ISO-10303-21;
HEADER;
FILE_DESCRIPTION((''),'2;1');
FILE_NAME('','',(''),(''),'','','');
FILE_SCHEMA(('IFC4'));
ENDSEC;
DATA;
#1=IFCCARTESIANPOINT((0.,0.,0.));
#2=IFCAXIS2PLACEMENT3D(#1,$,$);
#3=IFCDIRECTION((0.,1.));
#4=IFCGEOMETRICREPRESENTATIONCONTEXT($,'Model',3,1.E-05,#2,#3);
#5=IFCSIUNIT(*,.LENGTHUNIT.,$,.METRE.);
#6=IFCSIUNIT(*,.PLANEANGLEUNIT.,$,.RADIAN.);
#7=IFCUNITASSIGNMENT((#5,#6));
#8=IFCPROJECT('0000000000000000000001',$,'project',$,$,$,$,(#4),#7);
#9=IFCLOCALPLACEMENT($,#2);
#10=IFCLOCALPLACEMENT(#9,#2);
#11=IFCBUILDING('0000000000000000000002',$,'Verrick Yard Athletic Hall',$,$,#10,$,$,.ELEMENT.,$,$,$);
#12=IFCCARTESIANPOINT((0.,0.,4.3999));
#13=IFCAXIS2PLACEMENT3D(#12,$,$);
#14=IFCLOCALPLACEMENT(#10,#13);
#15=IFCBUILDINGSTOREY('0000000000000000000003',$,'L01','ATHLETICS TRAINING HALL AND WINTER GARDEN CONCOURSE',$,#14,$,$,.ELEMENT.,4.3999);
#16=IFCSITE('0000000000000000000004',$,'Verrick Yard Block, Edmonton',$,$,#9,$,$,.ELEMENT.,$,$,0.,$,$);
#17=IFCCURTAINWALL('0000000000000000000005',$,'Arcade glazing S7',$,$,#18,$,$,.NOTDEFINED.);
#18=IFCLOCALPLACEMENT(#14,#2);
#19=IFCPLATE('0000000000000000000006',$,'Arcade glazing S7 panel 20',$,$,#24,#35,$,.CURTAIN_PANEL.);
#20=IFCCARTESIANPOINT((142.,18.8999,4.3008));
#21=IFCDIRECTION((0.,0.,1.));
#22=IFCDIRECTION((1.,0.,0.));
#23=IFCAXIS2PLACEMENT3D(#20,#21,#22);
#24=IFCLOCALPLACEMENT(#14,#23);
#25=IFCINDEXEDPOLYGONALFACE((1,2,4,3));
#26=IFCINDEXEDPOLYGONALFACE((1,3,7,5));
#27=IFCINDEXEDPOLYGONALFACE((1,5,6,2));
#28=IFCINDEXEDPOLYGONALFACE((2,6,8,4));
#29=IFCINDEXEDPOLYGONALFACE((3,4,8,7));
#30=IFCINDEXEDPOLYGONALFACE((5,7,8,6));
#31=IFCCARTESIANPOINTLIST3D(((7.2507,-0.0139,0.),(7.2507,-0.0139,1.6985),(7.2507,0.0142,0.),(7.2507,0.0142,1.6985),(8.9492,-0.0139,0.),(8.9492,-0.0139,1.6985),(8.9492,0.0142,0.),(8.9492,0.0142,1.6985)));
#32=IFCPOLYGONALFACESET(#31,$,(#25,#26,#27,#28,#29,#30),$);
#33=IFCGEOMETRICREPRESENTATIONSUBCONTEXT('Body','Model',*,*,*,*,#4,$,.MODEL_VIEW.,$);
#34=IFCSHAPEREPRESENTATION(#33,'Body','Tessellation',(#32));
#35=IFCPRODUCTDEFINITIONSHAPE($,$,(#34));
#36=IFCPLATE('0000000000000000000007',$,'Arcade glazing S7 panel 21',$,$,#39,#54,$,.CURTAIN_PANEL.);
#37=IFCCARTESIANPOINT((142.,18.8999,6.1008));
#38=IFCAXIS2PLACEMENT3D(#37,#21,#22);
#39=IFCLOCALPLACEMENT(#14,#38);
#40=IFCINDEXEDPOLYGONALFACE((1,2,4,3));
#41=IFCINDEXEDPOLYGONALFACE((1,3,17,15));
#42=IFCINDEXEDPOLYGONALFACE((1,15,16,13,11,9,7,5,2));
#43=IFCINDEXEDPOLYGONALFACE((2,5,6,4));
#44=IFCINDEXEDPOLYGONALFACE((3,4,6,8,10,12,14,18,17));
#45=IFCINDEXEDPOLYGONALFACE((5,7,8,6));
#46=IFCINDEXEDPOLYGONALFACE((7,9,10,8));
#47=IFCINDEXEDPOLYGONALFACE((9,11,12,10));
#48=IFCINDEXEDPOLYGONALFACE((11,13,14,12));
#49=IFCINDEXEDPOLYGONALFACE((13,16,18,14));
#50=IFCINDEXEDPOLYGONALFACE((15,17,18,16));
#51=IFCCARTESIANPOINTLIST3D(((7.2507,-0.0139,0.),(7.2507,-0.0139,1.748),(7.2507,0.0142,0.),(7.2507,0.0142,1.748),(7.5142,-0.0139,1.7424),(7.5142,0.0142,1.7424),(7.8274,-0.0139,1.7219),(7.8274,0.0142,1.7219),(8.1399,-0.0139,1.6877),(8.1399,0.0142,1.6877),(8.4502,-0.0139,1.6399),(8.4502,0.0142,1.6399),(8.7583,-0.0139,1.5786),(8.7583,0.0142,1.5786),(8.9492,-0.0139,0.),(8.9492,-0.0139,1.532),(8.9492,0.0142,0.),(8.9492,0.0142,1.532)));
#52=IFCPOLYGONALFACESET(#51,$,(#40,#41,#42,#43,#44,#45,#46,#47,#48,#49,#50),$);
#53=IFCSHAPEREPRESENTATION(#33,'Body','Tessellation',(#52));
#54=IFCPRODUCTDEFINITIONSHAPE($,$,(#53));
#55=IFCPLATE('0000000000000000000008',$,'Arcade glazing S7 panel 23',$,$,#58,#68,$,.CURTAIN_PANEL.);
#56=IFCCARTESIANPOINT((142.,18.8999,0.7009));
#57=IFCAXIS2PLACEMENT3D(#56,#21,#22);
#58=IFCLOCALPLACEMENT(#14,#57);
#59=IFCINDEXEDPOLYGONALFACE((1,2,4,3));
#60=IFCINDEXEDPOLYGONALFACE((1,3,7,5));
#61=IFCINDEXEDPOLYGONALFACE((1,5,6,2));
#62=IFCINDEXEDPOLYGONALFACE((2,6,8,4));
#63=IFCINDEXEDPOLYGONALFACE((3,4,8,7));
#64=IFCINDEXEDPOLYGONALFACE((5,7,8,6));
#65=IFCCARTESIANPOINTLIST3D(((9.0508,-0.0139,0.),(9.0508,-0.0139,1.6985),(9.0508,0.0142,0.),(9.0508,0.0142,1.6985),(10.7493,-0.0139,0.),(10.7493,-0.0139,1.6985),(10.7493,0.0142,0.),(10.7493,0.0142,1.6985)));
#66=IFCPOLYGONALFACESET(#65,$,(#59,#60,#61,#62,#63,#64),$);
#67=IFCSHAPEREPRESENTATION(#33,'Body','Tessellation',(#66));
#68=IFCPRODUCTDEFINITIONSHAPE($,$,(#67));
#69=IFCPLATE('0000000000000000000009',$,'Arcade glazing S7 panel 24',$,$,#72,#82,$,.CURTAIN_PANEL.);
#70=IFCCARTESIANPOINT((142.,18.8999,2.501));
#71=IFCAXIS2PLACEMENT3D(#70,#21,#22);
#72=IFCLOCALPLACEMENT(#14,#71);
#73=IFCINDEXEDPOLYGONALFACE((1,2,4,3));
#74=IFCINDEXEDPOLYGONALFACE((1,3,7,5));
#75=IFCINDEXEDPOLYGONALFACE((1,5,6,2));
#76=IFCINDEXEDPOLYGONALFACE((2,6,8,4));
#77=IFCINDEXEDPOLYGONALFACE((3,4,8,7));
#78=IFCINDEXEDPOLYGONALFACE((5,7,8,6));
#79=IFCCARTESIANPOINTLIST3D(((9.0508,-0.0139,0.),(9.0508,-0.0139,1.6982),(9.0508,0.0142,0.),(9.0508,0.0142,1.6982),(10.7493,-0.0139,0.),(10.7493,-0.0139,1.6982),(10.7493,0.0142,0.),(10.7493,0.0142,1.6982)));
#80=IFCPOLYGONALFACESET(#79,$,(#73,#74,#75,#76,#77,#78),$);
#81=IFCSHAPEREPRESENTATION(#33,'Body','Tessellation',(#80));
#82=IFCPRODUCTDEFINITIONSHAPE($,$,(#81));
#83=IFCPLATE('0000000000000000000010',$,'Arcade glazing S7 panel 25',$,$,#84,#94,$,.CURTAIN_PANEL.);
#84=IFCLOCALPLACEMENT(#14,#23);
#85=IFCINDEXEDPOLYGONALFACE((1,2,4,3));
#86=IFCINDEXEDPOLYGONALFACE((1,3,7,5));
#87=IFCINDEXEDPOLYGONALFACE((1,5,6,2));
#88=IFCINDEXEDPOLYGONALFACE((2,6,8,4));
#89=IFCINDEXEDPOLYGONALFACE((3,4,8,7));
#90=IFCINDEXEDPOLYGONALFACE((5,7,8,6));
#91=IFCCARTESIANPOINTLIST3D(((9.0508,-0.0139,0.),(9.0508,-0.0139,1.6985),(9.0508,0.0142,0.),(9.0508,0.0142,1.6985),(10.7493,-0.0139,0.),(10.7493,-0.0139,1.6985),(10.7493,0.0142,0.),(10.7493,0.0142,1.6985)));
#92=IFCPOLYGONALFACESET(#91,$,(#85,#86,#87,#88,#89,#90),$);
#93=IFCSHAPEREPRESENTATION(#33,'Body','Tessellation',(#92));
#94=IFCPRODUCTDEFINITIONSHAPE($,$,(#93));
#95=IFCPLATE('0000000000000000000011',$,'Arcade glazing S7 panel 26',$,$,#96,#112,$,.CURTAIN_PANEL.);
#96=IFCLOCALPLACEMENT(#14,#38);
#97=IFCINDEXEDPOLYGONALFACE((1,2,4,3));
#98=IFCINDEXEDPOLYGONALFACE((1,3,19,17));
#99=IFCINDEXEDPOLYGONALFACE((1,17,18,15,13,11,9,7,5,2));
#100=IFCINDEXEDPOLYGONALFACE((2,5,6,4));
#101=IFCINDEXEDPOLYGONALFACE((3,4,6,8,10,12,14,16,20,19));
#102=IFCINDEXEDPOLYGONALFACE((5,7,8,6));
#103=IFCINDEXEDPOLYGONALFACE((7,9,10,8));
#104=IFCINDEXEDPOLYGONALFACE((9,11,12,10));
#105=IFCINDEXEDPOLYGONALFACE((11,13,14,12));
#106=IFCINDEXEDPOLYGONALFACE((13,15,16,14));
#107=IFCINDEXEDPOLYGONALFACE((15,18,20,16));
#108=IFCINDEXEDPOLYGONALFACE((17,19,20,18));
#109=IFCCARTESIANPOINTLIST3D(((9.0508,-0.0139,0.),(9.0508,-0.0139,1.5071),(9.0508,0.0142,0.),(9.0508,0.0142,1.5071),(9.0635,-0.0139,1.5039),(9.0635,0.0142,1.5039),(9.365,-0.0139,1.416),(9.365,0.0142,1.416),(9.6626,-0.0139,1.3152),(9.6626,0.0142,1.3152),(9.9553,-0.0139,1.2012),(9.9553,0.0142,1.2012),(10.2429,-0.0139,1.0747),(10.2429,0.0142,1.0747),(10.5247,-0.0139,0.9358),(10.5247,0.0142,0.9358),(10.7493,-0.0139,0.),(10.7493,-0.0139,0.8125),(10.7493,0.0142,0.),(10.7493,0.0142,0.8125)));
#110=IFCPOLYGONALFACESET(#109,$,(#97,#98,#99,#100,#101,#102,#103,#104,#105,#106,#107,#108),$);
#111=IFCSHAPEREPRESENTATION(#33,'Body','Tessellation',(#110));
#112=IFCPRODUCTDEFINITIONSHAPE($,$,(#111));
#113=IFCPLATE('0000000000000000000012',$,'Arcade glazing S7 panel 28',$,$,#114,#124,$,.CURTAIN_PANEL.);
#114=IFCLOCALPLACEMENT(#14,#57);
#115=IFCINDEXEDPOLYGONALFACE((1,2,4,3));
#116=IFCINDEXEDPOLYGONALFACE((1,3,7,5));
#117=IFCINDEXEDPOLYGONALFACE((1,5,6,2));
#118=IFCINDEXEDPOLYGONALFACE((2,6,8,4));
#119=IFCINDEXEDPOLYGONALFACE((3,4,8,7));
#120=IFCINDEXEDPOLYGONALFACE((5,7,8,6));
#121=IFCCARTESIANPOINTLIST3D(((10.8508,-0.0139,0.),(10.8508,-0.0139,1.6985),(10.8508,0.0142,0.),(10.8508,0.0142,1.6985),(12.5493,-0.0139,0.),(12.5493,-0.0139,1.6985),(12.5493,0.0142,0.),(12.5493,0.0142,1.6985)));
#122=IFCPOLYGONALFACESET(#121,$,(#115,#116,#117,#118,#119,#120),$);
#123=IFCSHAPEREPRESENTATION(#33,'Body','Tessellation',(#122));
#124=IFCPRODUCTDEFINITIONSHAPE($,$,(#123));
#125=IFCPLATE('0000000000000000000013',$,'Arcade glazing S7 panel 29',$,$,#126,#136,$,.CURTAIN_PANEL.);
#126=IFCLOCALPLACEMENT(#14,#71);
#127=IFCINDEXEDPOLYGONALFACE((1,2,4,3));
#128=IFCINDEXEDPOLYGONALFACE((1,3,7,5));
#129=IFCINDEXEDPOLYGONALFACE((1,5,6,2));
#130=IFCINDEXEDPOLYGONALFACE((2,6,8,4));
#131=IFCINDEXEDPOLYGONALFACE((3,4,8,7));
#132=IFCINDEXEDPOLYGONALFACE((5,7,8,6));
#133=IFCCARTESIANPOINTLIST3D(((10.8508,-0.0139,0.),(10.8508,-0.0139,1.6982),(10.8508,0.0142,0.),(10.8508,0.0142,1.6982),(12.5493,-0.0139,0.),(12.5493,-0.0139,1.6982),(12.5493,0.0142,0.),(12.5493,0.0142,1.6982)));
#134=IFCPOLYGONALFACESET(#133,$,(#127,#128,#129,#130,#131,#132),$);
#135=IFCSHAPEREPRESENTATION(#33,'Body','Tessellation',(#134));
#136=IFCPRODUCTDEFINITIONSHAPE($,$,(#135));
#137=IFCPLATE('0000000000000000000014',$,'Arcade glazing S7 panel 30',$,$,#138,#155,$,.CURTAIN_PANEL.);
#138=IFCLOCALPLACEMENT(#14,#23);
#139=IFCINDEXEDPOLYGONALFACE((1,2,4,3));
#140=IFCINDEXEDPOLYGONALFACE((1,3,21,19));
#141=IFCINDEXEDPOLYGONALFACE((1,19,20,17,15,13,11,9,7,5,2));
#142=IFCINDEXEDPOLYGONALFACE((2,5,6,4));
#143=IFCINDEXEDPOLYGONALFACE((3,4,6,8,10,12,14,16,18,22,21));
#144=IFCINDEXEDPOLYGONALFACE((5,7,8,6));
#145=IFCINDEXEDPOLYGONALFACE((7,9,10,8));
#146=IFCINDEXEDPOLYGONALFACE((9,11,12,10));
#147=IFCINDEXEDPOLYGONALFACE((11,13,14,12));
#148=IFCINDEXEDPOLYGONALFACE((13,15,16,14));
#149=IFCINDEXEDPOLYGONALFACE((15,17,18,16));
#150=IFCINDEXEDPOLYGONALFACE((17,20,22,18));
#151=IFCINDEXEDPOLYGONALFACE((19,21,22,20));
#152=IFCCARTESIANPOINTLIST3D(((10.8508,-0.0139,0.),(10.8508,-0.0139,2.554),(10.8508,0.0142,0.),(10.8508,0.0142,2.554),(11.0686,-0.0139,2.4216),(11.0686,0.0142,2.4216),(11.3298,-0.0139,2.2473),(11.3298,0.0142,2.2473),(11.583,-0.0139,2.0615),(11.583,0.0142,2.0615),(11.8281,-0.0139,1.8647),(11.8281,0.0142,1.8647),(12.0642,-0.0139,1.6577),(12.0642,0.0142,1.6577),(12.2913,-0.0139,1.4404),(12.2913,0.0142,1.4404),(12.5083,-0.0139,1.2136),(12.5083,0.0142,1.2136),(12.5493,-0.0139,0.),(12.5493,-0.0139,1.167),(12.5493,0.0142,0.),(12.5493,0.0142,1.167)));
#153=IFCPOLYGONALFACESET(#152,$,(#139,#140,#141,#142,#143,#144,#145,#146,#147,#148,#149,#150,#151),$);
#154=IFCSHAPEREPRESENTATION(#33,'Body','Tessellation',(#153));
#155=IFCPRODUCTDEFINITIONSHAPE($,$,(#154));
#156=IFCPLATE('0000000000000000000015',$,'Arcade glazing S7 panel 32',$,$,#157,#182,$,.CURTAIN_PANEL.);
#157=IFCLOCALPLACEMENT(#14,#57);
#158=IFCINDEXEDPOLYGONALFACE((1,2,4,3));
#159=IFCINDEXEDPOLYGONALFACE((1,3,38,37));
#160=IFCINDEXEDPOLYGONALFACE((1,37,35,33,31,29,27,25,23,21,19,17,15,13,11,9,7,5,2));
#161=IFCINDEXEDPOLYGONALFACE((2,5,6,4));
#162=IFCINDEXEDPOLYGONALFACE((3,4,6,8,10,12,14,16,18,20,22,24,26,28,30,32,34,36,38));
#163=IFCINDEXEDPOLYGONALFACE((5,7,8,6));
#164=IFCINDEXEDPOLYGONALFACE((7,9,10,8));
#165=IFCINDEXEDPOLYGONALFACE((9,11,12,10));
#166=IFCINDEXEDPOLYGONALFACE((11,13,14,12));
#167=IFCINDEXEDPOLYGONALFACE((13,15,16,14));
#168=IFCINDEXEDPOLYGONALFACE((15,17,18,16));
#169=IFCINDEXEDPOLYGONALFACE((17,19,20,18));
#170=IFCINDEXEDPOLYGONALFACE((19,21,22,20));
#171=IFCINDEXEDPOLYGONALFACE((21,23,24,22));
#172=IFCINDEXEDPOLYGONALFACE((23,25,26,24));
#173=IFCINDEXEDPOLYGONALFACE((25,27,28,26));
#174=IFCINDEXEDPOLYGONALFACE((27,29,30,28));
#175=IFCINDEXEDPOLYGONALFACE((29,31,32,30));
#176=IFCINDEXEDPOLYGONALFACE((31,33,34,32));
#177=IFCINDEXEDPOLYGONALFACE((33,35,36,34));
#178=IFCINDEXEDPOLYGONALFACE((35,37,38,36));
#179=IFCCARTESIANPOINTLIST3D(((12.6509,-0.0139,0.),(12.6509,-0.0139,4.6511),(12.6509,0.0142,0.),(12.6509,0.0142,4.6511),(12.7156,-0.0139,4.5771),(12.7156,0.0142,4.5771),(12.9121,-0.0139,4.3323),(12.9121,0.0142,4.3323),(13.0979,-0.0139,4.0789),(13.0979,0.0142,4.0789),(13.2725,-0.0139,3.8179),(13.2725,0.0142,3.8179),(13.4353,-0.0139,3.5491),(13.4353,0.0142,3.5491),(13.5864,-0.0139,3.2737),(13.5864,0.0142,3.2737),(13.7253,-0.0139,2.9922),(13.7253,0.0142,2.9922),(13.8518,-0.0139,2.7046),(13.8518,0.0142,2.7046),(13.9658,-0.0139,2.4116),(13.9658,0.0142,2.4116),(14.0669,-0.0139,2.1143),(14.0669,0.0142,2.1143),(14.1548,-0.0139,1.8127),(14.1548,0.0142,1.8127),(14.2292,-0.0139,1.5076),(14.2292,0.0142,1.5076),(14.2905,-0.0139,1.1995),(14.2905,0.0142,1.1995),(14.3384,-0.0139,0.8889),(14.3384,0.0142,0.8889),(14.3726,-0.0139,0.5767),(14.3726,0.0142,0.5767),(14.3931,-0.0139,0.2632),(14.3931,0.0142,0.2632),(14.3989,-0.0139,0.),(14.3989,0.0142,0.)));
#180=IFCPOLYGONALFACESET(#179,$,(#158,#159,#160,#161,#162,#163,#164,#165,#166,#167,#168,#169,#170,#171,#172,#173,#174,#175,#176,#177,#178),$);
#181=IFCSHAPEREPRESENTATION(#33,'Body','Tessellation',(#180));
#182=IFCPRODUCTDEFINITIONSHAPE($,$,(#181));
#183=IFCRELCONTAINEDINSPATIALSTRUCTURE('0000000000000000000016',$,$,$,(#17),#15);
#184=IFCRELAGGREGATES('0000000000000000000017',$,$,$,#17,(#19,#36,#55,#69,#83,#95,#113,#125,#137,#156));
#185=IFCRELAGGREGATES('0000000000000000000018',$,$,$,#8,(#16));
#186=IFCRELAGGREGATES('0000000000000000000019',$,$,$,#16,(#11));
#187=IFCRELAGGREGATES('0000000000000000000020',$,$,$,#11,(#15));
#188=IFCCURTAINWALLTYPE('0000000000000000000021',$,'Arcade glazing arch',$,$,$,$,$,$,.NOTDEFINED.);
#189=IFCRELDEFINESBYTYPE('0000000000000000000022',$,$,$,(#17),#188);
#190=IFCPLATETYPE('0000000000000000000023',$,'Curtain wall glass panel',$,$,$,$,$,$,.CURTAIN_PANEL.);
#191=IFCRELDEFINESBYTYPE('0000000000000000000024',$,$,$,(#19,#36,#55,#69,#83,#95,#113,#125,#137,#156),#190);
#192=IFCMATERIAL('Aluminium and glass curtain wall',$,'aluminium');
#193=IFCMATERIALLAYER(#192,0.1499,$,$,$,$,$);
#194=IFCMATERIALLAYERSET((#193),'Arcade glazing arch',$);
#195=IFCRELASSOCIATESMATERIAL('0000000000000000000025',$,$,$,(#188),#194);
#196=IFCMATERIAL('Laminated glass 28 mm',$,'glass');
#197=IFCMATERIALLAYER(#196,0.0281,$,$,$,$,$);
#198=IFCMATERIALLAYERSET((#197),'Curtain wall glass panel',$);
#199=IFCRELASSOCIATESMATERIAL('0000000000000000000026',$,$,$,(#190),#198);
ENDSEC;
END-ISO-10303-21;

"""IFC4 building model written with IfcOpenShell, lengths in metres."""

from ifc_helpers import new_model, si_unit, direction, frame, origin, place, context, subcontext, project, spatial, polyline, outline, extrude, material, layer, layer_set, type_object, element, aggregate, save


model = new_model("IFC4")

# Units and contexts
model_context = context("Model", 3, precision=1e-05, world=origin(), true_north=direction((0.0, 1.0)))
body_context = subcontext(model_context, "Body", "Model", "MODEL_VIEW")
ifc_project = project(units=[si_unit("LENGTHUNIT", "METRE"), si_unit("PLANEANGLEUNIT", "RADIAN")], contexts=[model_context])

# Site, building, storey
site_placement = place(None, origin())
site = spatial("IfcSite", under=ifc_project, at=site_placement, Name="Verrick Yard Block, Edmonton", CompositionType="ELEMENT", RefElevation=0.0)
building_placement = place(site_placement, origin())
building = spatial("IfcBuilding", under=site, at=building_placement, Name="Verrick Yard Athletic Hall", CompositionType="ELEMENT")
storey_placement = place(building_placement, frame((0.0, 0.0, 4.3999)))
storey = spatial("IfcBuildingStorey", under=building, at=storey_placement, Name="L01", Description="ATHLETICS TRAINING HALL AND WINTER GARDEN CONCOURSE", CompositionType="ELEMENT", Elevation=4.3999)

# Curtain wall, plates
ifc_material_1 = material(Name="Aluminium and glass curtain wall", Category="aluminium")
ifc_layer_1 = layer(ifc_material_1, 0.1499)
ifc_layer_set_1 = layer_set([ifc_layer_1], Name="Arcade glazing arch")
curtain_wall_type = type_object("IfcCurtainWallType", Name="Arcade glazing arch", PredefinedType="NOTDEFINED", material=ifc_layer_set_1)
curtain_wall_placement = place(storey_placement, origin())
curtain_wall = element("IfcCurtainWall", 1, at=curtain_wall_placement, inside=storey, type_object=curtain_wall_type, Name="Arcade glazing S7", PredefinedType="NOTDEFINED")
ifc_material_2 = material(Name="Laminated glass 28 mm", Category="glass")
ifc_layer_2 = layer(ifc_material_2, 0.0281)
ifc_layer_set_2 = layer_set([ifc_layer_2], Name="Curtain wall glass panel")
plate_type = type_object("IfcPlateType", Name="Curtain wall glass panel", PredefinedType="CURTAIN_PANEL", material=ifc_layer_set_2)
plate_1_placement = place(storey_placement, frame((142.0, 18.8999, 4.3008), z_axis=(0.0, 0.0, 1.0), x_axis=(1.0, 0.0, 0.0)))
plate_1 = element("IfcPlate", 2, at=plate_1_placement, type_object=plate_type, Name="Arcade glazing S7 panel 20", PredefinedType="CURTAIN_PANEL", context=body_context, shape_type="SweptSolid", body=[
    extrude(outline(polyline([(8.9492, 0.0), (8.9492, 1.6985), (7.2507, 1.6985), (7.2507, 0.0), (8.9492, 0.0)])), frame((0.0, 0.0142, 0.0), z_axis=(0.0, -1.0, 0.0), x_axis=(1.0, 0.0, 0.0)), (0.0, 0.0, 1.0), 0.0281),
])
plate_2_placement = place(storey_placement, frame((142.0, 18.8999, 6.1008), z_axis=(0.0, 0.0, 1.0), x_axis=(1.0, 0.0, 0.0)))
plate_2 = element("IfcPlate", 3, at=plate_2_placement, type_object=plate_type, Name="Arcade glazing S7 panel 21", PredefinedType="CURTAIN_PANEL", context=body_context, shape_type="SweptSolid", body=[
    extrude(outline(polyline([(8.9492, 1.532), (8.7583, 1.5786), (8.4502, 1.6399), (8.1399, 1.6877), (7.8274, 1.7219), (7.5142, 1.7424), (7.2507, 1.748), (7.2507, 0.0), (8.9492, 0.0), (8.9492, 1.532)])), frame((0.0, 0.0142, 0.0), z_axis=(0.0, -1.0, 0.0), x_axis=(1.0, 0.0, 0.0)), (0.0, 0.0, 1.0), 0.0281),
])
plate_3_placement = place(storey_placement, frame((142.0, 18.8999, 0.7009), z_axis=(0.0, 0.0, 1.0), x_axis=(1.0, 0.0, 0.0)))
plate_3 = element("IfcPlate", 4, at=plate_3_placement, type_object=plate_type, Name="Arcade glazing S7 panel 23", PredefinedType="CURTAIN_PANEL", context=body_context, shape_type="SweptSolid", body=[
    extrude(outline(polyline([(10.7493, 0.0), (10.7493, 1.6985), (9.0508, 1.6985), (9.0508, 0.0), (10.7493, 0.0)])), frame((0.0, 0.0142, 0.0), z_axis=(0.0, -1.0, 0.0), x_axis=(1.0, 0.0, 0.0)), (0.0, 0.0, 1.0), 0.0281),
])
plate_4_placement = place(storey_placement, frame((142.0, 18.8999, 2.501), z_axis=(0.0, 0.0, 1.0), x_axis=(1.0, 0.0, 0.0)))
plate_4 = element("IfcPlate", 5, at=plate_4_placement, type_object=plate_type, Name="Arcade glazing S7 panel 24", PredefinedType="CURTAIN_PANEL", context=body_context, shape_type="SweptSolid", body=[
    extrude(outline(polyline([(10.7493, 0.0), (10.7493, 1.6982), (9.0508, 1.6982), (9.0508, 0.0), (10.7493, 0.0)])), frame((0.0, 0.0142, 0.0), z_axis=(0.0, -1.0, 0.0), x_axis=(1.0, 0.0, 0.0)), (0.0, 0.0, 1.0), 0.0281),
])
plate_5_placement = place(storey_placement, frame((142.0, 18.8999, 4.3008), z_axis=(0.0, 0.0, 1.0), x_axis=(1.0, 0.0, 0.0)))
plate_5 = element("IfcPlate", 6, at=plate_5_placement, type_object=plate_type, Name="Arcade glazing S7 panel 25", PredefinedType="CURTAIN_PANEL", context=body_context, shape_type="SweptSolid", body=[
    extrude(outline(polyline([(10.7493, 0.0), (10.7493, 1.6985), (9.0508, 1.6985), (9.0508, 0.0), (10.7493, 0.0)])), frame((0.0, 0.0142, 0.0), z_axis=(0.0, -1.0, 0.0), x_axis=(1.0, 0.0, 0.0)), (0.0, 0.0, 1.0), 0.0281),
])
plate_6_placement = place(storey_placement, frame((142.0, 18.8999, 6.1008), z_axis=(0.0, 0.0, 1.0), x_axis=(1.0, 0.0, 0.0)))
plate_6 = element("IfcPlate", 7, at=plate_6_placement, type_object=plate_type, Name="Arcade glazing S7 panel 26", PredefinedType="CURTAIN_PANEL", context=body_context, shape_type="SweptSolid", body=[
    extrude(outline(polyline([(10.7493, 0.8125), (10.5247, 0.9358), (10.2429, 1.0747), (9.9553, 1.2012), (9.6626, 1.3152), (9.365, 1.416), (9.0635, 1.5039), (9.0508, 1.5071), (9.0508, 0.0), (10.7493, 0.0), (10.7493, 0.8125)])), frame((0.0, 0.0142, 0.0), z_axis=(0.0, -1.0, 0.0), x_axis=(1.0, 0.0, 0.0)), (0.0, 0.0, 1.0), 0.0281),
])
plate_7_placement = place(storey_placement, frame((142.0, 18.8999, 0.7009), z_axis=(0.0, 0.0, 1.0), x_axis=(1.0, 0.0, 0.0)))
plate_7 = element("IfcPlate", 8, at=plate_7_placement, type_object=plate_type, Name="Arcade glazing S7 panel 28", PredefinedType="CURTAIN_PANEL", context=body_context, shape_type="SweptSolid", body=[
    extrude(outline(polyline([(12.5493, 0.0), (12.5493, 1.6985), (10.8508, 1.6985), (10.8508, 0.0), (12.5493, 0.0)])), frame((0.0, 0.0142, 0.0), z_axis=(0.0, -1.0, 0.0), x_axis=(1.0, 0.0, 0.0)), (0.0, 0.0, 1.0), 0.0281),
])
plate_8_placement = place(storey_placement, frame((142.0, 18.8999, 2.501), z_axis=(0.0, 0.0, 1.0), x_axis=(1.0, 0.0, 0.0)))
plate_8 = element("IfcPlate", 9, at=plate_8_placement, type_object=plate_type, Name="Arcade glazing S7 panel 29", PredefinedType="CURTAIN_PANEL", context=body_context, shape_type="SweptSolid", body=[
    extrude(outline(polyline([(12.5493, 0.0), (12.5493, 1.6982), (10.8508, 1.6982), (10.8508, 0.0), (12.5493, 0.0)])), frame((0.0, 0.0142, 0.0), z_axis=(0.0, -1.0, 0.0), x_axis=(1.0, 0.0, 0.0)), (0.0, 0.0, 1.0), 0.0281),
])
plate_9_placement = place(storey_placement, frame((142.0, 18.8999, 4.3008), z_axis=(0.0, 0.0, 1.0), x_axis=(1.0, 0.0, 0.0)))
plate_9 = element("IfcPlate", 10, at=plate_9_placement, type_object=plate_type, Name="Arcade glazing S7 panel 30", PredefinedType="CURTAIN_PANEL", context=body_context, shape_type="SweptSolid", body=[
    extrude(outline(polyline([(12.5493, 1.167), (12.5083, 1.2136), (12.2913, 1.4404), (12.0642, 1.6577), (11.8281, 1.8647), (11.583, 2.0615), (11.3298, 2.2473), (11.0686, 2.4216), (10.8508, 2.554), (10.8508, 0.0), (12.5493, 0.0), (12.5493, 1.167)])), frame((0.0, 0.0142, 0.0), z_axis=(0.0, -1.0, 0.0), x_axis=(1.0, 0.0, 0.0)), (0.0, 0.0, 1.0), 0.0281),
])
plate_10_placement = place(storey_placement, frame((142.0, 18.8999, 0.7009), z_axis=(0.0, 0.0, 1.0), x_axis=(1.0, 0.0, 0.0)))
plate_10 = element("IfcPlate", 11, at=plate_10_placement, type_object=plate_type, Name="Arcade glazing S7 panel 32", PredefinedType="CURTAIN_PANEL", context=body_context, shape_type="SweptSolid", body=[
    extrude(outline(polyline([(14.3989, 0.0), (14.3931, 0.2632), (14.3726, 0.5767), (14.3384, 0.8889), (14.2905, 1.1995), (14.2292, 1.5076), (14.1548, 1.8127), (14.0669, 2.1143), (13.9658, 2.4116), (13.8518, 2.7046), (13.7253, 2.9922), (13.5864, 3.2737), (13.4353, 3.5491), (13.2725, 3.8179), (13.0979, 4.0789), (12.9121, 4.3323), (12.7156, 4.5771), (12.6509, 4.6511), (12.6509, 0.0), (14.3989, 0.0)])), frame((0.0, 0.0142, 0.0), z_axis=(0.0, -1.0, 0.0), x_axis=(1.0, 0.0, 0.0)), (0.0, 0.0, 1.0), 0.0281),
])
aggregate(curtain_wall, [plate_1, plate_2, plate_3, plate_4, plate_5, plate_6, plate_7, plate_8, plate_9, plate_10])

save(model, "model.ifc")
